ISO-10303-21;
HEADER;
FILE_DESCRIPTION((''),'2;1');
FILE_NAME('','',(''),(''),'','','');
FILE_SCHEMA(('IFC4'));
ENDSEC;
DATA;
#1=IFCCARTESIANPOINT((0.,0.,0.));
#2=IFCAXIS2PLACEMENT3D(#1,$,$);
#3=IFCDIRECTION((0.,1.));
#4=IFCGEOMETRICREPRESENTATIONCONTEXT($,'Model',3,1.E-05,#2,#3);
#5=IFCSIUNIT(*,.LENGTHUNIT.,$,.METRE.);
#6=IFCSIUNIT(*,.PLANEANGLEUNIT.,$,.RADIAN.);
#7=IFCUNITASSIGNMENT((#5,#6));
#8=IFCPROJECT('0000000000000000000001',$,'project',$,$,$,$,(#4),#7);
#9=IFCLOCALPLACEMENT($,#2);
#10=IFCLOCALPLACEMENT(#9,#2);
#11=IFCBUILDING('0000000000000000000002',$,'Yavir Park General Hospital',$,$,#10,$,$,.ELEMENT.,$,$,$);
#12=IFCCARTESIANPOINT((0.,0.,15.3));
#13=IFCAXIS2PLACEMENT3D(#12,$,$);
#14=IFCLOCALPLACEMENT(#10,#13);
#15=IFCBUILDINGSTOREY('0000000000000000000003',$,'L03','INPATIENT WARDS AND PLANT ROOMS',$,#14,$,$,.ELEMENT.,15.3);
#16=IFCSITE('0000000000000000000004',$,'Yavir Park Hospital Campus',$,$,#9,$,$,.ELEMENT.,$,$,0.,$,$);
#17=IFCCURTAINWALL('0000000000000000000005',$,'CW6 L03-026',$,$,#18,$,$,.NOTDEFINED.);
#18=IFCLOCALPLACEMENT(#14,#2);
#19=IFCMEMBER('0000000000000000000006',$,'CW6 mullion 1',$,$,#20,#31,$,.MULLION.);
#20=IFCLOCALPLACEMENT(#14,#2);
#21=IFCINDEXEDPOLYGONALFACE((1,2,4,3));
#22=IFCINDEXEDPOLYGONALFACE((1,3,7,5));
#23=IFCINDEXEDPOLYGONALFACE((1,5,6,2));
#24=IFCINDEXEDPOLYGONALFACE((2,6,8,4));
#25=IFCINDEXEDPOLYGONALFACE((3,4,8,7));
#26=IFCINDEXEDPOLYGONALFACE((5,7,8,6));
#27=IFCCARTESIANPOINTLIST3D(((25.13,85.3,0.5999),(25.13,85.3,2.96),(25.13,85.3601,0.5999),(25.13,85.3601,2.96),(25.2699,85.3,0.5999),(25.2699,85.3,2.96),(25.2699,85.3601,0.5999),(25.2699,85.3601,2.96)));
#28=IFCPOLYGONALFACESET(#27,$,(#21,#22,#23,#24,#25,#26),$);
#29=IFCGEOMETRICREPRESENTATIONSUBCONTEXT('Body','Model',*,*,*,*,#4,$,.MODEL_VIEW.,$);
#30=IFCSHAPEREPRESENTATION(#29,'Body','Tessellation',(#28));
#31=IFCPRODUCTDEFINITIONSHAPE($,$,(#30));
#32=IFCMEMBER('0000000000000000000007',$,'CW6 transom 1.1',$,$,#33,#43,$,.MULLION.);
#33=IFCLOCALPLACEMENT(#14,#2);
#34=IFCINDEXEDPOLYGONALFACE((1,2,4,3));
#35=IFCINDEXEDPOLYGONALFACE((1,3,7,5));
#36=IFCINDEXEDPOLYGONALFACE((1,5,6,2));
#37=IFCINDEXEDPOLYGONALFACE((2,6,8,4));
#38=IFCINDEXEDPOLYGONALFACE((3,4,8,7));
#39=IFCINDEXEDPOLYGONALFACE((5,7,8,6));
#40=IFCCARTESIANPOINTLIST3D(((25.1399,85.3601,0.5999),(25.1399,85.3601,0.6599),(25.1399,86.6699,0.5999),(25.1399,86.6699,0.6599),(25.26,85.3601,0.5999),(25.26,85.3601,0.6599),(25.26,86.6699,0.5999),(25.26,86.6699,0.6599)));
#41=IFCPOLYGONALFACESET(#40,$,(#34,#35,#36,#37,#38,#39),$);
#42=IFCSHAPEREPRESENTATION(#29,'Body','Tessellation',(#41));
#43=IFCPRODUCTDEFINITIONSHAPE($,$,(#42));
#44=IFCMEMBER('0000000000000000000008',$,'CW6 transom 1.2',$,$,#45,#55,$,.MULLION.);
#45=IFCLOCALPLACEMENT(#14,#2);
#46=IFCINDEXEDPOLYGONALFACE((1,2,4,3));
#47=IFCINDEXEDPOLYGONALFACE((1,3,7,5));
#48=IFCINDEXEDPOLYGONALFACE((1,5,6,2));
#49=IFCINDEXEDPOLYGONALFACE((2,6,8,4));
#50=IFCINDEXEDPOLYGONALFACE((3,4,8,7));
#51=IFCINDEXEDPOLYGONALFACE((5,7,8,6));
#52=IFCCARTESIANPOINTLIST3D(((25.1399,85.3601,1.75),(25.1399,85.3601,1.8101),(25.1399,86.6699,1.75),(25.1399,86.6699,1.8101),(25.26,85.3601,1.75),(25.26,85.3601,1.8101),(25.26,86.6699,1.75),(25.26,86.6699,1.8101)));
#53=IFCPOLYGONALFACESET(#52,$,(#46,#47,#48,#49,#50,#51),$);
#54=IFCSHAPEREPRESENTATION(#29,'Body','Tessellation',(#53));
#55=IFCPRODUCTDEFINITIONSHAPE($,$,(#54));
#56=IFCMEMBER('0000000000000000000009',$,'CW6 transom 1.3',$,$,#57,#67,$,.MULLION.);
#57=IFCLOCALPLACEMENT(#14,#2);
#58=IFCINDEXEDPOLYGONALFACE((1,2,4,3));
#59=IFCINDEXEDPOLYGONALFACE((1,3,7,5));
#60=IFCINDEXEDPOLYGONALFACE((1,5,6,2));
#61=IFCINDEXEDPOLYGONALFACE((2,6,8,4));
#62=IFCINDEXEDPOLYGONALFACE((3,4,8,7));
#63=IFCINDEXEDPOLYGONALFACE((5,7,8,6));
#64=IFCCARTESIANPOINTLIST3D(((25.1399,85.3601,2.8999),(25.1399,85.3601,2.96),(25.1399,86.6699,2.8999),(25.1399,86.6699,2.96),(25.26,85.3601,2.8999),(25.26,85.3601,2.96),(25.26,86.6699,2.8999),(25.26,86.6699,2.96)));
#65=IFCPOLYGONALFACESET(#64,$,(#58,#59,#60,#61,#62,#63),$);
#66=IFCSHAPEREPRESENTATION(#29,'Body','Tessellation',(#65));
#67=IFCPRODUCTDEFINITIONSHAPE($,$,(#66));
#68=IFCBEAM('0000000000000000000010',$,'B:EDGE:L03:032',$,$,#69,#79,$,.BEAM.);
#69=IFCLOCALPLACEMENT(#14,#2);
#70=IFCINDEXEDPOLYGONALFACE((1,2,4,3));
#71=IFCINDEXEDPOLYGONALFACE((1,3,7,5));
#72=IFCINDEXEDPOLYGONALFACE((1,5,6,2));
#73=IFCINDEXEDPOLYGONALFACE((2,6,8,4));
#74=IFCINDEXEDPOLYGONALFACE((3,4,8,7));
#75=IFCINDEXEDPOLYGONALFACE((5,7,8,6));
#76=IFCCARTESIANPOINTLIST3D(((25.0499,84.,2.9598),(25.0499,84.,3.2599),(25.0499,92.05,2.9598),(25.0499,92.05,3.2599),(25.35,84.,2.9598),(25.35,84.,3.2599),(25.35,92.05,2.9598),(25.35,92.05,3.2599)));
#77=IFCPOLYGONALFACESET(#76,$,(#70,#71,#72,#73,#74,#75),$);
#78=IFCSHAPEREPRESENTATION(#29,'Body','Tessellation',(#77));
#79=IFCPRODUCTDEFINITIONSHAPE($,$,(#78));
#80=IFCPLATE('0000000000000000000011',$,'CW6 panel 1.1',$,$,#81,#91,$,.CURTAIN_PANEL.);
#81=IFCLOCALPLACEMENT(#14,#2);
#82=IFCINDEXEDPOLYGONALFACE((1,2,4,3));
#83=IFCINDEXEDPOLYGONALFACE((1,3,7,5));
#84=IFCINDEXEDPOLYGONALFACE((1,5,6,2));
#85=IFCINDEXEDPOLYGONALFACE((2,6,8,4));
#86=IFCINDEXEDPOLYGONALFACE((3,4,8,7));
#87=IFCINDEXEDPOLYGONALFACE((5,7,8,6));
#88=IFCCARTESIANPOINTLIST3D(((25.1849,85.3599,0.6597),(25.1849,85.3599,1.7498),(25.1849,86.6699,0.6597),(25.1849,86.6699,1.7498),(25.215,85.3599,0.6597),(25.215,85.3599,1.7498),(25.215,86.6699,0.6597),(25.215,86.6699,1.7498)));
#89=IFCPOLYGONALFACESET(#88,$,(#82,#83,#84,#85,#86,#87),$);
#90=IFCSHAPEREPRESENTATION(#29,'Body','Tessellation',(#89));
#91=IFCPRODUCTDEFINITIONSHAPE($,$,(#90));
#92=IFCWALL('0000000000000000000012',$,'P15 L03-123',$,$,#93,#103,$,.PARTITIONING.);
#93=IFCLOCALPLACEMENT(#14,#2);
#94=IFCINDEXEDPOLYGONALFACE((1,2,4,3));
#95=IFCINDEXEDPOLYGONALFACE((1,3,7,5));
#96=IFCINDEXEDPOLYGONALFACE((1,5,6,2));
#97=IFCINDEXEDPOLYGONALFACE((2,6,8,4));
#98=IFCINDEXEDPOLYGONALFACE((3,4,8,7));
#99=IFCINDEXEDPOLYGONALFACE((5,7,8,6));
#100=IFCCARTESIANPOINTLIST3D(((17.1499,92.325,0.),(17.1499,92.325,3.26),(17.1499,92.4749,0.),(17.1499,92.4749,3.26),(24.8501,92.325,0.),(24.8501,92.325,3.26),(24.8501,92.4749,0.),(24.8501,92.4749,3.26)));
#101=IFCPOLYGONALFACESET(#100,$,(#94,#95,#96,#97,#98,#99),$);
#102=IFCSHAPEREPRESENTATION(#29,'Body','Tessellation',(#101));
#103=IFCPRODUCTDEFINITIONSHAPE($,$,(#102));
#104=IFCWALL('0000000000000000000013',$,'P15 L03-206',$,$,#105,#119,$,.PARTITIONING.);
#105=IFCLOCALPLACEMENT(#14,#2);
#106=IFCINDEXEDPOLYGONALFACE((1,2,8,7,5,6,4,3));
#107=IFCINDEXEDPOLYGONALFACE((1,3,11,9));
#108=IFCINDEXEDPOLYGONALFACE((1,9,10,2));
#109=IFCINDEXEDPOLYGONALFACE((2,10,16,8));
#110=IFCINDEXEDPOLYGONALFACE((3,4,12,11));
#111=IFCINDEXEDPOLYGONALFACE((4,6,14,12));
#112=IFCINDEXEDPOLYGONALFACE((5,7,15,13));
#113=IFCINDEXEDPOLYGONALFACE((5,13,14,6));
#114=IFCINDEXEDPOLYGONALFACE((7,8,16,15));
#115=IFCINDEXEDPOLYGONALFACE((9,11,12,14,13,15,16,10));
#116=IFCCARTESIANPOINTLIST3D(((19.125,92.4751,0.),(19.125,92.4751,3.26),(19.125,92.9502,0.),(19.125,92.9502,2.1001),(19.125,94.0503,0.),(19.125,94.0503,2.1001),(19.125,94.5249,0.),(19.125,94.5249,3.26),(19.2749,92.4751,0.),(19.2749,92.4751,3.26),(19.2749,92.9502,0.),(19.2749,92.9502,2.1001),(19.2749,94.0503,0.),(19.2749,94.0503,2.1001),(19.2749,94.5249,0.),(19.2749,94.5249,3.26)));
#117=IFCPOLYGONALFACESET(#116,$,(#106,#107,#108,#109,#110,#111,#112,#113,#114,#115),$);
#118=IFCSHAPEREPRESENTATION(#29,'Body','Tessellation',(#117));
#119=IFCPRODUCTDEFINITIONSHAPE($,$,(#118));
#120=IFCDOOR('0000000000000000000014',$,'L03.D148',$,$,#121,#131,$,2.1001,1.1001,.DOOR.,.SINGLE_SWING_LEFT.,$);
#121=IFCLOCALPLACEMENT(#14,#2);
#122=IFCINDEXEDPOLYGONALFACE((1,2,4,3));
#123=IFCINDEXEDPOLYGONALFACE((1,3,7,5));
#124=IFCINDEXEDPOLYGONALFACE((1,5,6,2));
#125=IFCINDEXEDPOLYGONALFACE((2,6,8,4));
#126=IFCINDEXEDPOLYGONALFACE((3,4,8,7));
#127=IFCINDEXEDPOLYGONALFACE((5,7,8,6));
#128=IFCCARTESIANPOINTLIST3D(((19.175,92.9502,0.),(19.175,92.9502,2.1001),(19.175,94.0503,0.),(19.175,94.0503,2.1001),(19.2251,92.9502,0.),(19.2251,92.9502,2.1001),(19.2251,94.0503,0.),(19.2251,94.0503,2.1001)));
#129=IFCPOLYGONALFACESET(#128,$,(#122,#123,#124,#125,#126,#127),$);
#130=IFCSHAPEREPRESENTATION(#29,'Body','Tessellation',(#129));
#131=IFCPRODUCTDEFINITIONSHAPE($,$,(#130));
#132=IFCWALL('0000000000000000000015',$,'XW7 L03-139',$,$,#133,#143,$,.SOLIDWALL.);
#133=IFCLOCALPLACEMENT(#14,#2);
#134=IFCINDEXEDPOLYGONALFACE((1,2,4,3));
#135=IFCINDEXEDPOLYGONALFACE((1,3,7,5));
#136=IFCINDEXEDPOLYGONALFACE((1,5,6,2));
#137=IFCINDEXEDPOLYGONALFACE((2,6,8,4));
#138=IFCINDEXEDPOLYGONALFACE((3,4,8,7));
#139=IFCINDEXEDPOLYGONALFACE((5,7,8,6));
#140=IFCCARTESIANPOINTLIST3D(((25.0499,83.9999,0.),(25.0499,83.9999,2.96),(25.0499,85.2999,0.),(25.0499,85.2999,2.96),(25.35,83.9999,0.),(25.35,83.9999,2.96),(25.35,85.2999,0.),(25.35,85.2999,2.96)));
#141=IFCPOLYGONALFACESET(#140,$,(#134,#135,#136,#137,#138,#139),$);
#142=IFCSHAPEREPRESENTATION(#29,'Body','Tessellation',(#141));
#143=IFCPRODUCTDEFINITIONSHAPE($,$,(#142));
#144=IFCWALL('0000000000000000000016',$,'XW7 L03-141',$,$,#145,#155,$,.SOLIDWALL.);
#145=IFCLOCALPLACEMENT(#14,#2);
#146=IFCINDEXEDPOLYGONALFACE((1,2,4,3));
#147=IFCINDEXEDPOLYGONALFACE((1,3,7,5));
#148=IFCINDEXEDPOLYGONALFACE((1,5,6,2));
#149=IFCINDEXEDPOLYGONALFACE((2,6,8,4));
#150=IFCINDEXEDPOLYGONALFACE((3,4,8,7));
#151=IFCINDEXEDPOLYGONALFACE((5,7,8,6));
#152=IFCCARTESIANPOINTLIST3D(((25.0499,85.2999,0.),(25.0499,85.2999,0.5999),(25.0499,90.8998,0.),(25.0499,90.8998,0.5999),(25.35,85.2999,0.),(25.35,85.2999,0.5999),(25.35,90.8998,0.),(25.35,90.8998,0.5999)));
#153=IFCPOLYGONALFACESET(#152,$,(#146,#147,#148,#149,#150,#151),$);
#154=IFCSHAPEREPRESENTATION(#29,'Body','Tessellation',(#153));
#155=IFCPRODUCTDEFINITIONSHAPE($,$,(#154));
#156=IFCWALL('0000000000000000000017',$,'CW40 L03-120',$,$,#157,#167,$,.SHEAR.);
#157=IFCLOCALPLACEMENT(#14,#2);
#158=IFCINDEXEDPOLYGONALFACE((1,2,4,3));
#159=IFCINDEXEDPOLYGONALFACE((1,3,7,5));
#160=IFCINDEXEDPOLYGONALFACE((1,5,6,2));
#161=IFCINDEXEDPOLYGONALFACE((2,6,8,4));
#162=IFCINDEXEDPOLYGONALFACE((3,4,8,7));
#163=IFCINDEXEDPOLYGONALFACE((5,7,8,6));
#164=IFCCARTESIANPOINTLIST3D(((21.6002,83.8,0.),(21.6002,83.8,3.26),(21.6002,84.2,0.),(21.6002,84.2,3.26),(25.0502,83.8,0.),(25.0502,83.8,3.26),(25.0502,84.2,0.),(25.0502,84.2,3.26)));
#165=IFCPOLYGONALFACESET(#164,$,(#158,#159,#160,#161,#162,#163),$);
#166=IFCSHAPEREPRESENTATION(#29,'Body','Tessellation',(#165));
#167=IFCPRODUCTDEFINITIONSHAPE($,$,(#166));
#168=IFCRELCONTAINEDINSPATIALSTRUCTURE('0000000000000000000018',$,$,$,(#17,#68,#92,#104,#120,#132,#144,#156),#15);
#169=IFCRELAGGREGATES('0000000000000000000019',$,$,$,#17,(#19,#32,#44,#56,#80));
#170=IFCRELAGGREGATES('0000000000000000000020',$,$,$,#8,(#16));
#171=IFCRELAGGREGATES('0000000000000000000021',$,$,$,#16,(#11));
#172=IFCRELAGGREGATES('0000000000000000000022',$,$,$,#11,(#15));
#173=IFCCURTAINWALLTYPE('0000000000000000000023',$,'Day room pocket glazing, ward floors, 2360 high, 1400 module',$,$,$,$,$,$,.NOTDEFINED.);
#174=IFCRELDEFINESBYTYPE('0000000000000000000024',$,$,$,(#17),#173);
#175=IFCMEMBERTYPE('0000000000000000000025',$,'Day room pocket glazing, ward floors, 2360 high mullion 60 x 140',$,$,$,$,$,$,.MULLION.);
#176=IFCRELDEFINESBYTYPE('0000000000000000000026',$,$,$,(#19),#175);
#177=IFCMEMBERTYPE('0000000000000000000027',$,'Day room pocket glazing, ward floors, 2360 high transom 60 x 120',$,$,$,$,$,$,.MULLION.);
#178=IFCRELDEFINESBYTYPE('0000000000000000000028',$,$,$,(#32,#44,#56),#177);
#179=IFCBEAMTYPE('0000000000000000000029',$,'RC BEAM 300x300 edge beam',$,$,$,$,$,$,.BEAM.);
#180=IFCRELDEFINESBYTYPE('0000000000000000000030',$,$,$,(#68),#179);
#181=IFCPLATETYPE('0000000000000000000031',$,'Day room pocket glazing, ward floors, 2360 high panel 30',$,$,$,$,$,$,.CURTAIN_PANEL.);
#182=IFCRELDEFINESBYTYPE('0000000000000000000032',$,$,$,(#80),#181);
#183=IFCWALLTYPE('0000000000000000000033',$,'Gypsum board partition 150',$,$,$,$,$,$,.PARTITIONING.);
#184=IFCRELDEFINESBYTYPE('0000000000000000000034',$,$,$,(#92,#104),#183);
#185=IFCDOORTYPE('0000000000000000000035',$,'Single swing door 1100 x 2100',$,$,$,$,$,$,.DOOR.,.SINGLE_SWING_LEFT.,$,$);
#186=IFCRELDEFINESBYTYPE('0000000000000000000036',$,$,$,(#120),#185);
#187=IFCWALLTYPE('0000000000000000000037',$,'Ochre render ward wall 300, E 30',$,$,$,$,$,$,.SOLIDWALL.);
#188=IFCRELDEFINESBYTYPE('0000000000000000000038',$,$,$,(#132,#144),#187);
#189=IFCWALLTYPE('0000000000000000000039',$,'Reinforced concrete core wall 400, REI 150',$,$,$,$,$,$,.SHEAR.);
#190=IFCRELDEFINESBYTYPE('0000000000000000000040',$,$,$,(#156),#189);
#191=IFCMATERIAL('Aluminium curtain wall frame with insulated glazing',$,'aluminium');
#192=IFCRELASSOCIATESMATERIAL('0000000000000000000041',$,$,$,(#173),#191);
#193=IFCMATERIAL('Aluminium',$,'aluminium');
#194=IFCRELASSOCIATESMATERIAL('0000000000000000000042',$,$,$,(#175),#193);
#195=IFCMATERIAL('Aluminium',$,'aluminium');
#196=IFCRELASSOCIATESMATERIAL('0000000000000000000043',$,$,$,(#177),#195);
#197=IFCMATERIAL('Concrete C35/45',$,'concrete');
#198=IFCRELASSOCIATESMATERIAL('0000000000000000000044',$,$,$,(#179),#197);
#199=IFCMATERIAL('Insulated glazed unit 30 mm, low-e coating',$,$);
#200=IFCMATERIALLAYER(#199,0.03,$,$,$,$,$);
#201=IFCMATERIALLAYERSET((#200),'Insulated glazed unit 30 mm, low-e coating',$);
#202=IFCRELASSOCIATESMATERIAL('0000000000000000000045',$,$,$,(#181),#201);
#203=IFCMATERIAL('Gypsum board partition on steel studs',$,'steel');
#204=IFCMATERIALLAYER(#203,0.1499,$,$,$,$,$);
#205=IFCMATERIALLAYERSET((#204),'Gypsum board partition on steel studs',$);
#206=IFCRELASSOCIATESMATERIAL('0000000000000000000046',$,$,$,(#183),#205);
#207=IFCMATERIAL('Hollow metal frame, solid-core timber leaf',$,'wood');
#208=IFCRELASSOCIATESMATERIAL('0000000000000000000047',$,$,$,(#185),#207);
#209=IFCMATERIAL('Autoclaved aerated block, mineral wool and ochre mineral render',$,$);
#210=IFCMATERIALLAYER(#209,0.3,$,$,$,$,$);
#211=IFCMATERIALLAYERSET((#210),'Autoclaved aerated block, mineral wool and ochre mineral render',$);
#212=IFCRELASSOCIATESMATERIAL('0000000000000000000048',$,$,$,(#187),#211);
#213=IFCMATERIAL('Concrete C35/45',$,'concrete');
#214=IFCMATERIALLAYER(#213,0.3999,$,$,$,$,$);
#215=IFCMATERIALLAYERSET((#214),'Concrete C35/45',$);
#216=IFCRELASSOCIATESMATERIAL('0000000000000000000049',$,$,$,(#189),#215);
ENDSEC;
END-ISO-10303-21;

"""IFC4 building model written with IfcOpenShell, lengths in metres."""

from ifc_helpers import new_model, si_unit, direction, frame, frame_2d, origin, origin_2d, place, context, subcontext, project, spatial, rectangle, extrude, material, layer, layer_set, material_profile, profile_set, type_object, element, fill, aggregate, save


model = new_model("IFC4")

# Units and contexts
model_context = context("Model", 3, precision=1e-05, world=origin(), true_north=direction((0.0, 1.0)))
body_context = subcontext(model_context, "Body", "Model", "MODEL_VIEW")
ifc_project = project(units=[si_unit("LENGTHUNIT", "METRE"), si_unit("PLANEANGLEUNIT", "RADIAN")], contexts=[model_context])

# Site, building, storey
site_placement = place(None, origin())
site = spatial("IfcSite", under=ifc_project, at=site_placement, Name="Yavir Park Hospital Campus", CompositionType="ELEMENT", RefElevation=0.0)
building_placement = place(site_placement, origin())
building = spatial("IfcBuilding", under=site, at=building_placement, Name="Yavir Park General Hospital", CompositionType="ELEMENT")
storey_placement = place(building_placement, frame((0.0, 0.0, 15.3)))
storey = spatial("IfcBuildingStorey", under=building, at=storey_placement, Name="L03", Description="INPATIENT WARDS AND PLANT ROOMS", CompositionType="ELEMENT", Elevation=15.3)

# Curtain wall, members
ifc_material_1 = material(Name="Aluminium curtain wall frame with insulated glazing", Category="aluminium")
curtain_wall_type = type_object("IfcCurtainWallType", Name="Day room pocket glazing, ward floors, 2360 high, 1400 module", PredefinedType="NOTDEFINED", material=ifc_material_1)
curtain_wall_placement = place(storey_placement, origin())
curtain_wall = element("IfcCurtainWall", 1, at=curtain_wall_placement, inside=storey, type_object=curtain_wall_type, Name="CW6 L03-026", PredefinedType="NOTDEFINED")
ifc_material_2 = material(Name="Aluminium", Category="aluminium")
ifc_material_profile_1 = material_profile(ifc_material_2, rectangle(XDim=0.1399, YDim=0.0601, at=origin_2d()), Name="AL 60x140")
ifc_profile_set_1 = profile_set([ifc_material_profile_1], Name="Aluminium")
member_type_1 = type_object("IfcMemberType", Name="Day room pocket glazing, ward floors, 2360 high mullion 60 x 140", PredefinedType="MULLION", material=ifc_profile_set_1)
member_1_placement = place(storey_placement, frame((25.2, 85.3301, 0.5999), z_axis=(0.0, 0.0, 1.0), x_axis=(-1.0, 0.0, 0.0)))
member_1 = element("IfcMember", 2, at=member_1_placement, type_object=member_type_1, Name="CW6 mullion 1", PredefinedType="MULLION", context=body_context, shape_type="SweptSolid", body=[
    extrude(rectangle(XDim=0.1399, YDim=0.0601, at=origin_2d()), origin(), (0.0, 0.0, 1.0), 2.3601),
])
ifc_material_3 = material(Name="Aluminium", Category="aluminium")
ifc_material_profile_2 = material_profile(ifc_material_3, rectangle(XDim=0.1201, YDim=0.0601, at=origin_2d()), Name="AL 120x60")
ifc_profile_set_2 = profile_set([ifc_material_profile_2], Name="Aluminium")
member_type_2 = type_object("IfcMemberType", Name="Day room pocket glazing, ward floors, 2360 high transom 60 x 120", PredefinedType="MULLION", material=ifc_profile_set_2)
member_2_placement = place(storey_placement, frame((25.2, 85.3601, 0.6299), z_axis=(0.0, 1.0, 0.0), x_axis=(-1.0, 0.0, 0.0)))
member_2 = element("IfcMember", 3, at=member_2_placement, type_object=member_type_2, Name="CW6 transom 1.1", PredefinedType="MULLION", context=body_context, shape_type="SweptSolid", body=[
    extrude(rectangle(XDim=0.1201, YDim=0.0601, at=origin_2d()), origin(), (0.0, 0.0, 1.0), 1.3098),
])
member_3_placement = place(storey_placement, frame((25.2, 85.3601, 1.78), z_axis=(0.0, 1.0, 0.0), x_axis=(-1.0, 0.0, 0.0)))
member_3 = element("IfcMember", 4, at=member_3_placement, type_object=member_type_2, Name="CW6 transom 1.2", PredefinedType="MULLION", context=body_context, shape_type="SweptSolid", body=[
    extrude(rectangle(XDim=0.1201, YDim=0.0601, at=origin_2d()), origin(), (0.0, 0.0, 1.0), 1.3098),
])
member_4_placement = place(storey_placement, frame((25.2, 85.3601, 2.9299), z_axis=(0.0, 1.0, 0.0), x_axis=(-1.0, 0.0, 0.0)))
member_4 = element("IfcMember", 5, at=member_4_placement, type_object=member_type_2, Name="CW6 transom 1.3", PredefinedType="MULLION", context=body_context, shape_type="SweptSolid", body=[
    extrude(rectangle(XDim=0.1201, YDim=0.0601, at=origin_2d()), origin(), (0.0, 0.0, 1.0), 1.3098),
])

# Beam
ifc_material_4 = material(Name="Concrete C35/45", Category="concrete")
ifc_material_profile_3 = material_profile(ifc_material_4, rectangle(XDim=0.3, YDim=0.3, at=origin_2d()), Name="RC300x300")
ifc_profile_set_3 = profile_set([ifc_material_profile_3], Name="Concrete C35/45")
beam_type = type_object("IfcBeamType", Name="RC BEAM 300x300 edge beam", PredefinedType="BEAM", material=ifc_profile_set_3)
beam_placement = place(storey_placement, frame((25.2, 84.0, 3.1099), z_axis=(0.0, 1.0, 0.0), x_axis=(-1.0, 0.0, 0.0)))
element("IfcBeam", 6, at=beam_placement, inside=storey, type_object=beam_type, Name="B:EDGE:L03:032", PredefinedType="BEAM", context=body_context, shape_type="SweptSolid", body=[
    extrude(rectangle(XDim=0.3, YDim=0.3, at=origin_2d()), origin(), (0.0, 0.0, 1.0), 8.05),
])

# Plate
ifc_material_5 = material(Name="Insulated glazed unit 30 mm, low-e coating")
ifc_layer_1 = layer(ifc_material_5, 0.03)
ifc_layer_set_1 = layer_set([ifc_layer_1], Name="Insulated glazed unit 30 mm, low-e coating")
plate_type = type_object("IfcPlateType", Name="Day room pocket glazing, ward floors, 2360 high panel 30", PredefinedType="CURTAIN_PANEL", material=ifc_layer_set_1)
plate_placement = place(storey_placement, frame((25.2, 86.0149, 0.6597), z_axis=(0.0, 0.0, 1.0), x_axis=(0.0, 1.0, 0.0)))
plate = element("IfcPlate", 7, at=plate_placement, type_object=plate_type, Name="CW6 panel 1.1", PredefinedType="CURTAIN_PANEL", context=body_context, shape_type="SweptSolid", body=[
    extrude(rectangle(XDim=1.3101, YDim=0.03, at=origin_2d()), origin(), (0.0, 0.0, 1.0), 1.0901),
])
aggregate(curtain_wall, [member_1, member_2, member_3, member_4, plate])

# Wall
ifc_material_6 = material(Name="Gypsum board partition on steel studs", Category="steel")
ifc_layer_2 = layer(ifc_material_6, 0.1499)
ifc_layer_set_2 = layer_set([ifc_layer_2], Name="Gypsum board partition on steel studs")
wall_type_1 = type_object("IfcWallType", Name="Gypsum board partition 150", PredefinedType="PARTITIONING", material=ifc_layer_set_2)
wall_1_placement = place(storey_placement, frame((17.1499, 92.3999, 0.0), z_axis=(0.0, 0.0, 1.0), x_axis=(1.0, 0.0, 0.0)))
element("IfcWall", 8, at=wall_1_placement, inside=storey, type_object=wall_type_1, Name="P15 L03-123", PredefinedType="PARTITIONING", context=body_context, shape_type="SweptSolid", body=[
    extrude(rectangle(XDim=7.7002, YDim=0.1499, at=frame_2d((3.8501, 0.0))), origin(), (0.0, 0.0, 1.0), 3.26),
])

# Wall, opening, door
wall_2_placement = place(storey_placement, frame((19.2, 92.4751, 0.0), z_axis=(0.0, 0.0, 1.0), x_axis=(0.0, 1.0, 0.0)))
wall_2 = element("IfcWall", 9, at=wall_2_placement, inside=storey, type_object=wall_type_1, Name="P15 L03-206", PredefinedType="PARTITIONING", context=body_context, shape_type="SweptSolid", body=[
    extrude(rectangle(XDim=2.0498, YDim=0.1499, at=frame_2d((1.0249, 0.0))), origin(), (0.0, 0.0, 1.0), 3.26),
])
opening_placement = place(wall_2_placement, frame((0.4751, 0.0, 0.0)))
opening = element("IfcOpeningElement", 10, at=opening_placement, cuts=wall_2, PredefinedType="OPENING", context=body_context, shape_type="SweptSolid", body=[
    extrude(rectangle(XDim=1.1001, YDim=2.1001, at=frame_2d((0.55, 1.05))), frame((0.0, 0.085, 0.0), z_axis=(0.0, -1.0, 0.0), x_axis=(1.0, 0.0, 0.0)), (0.0, 0.0, 1.0), 0.1699),
])
ifc_material_7 = material(Name="Hollow metal frame, solid-core timber leaf", Category="wood")
door_type = type_object("IfcDoorType", Name="Single swing door 1100 x 2100", OperationType="SINGLE_SWING_LEFT", PredefinedType="DOOR", material=ifc_material_7)
door_placement = place(opening_placement, origin())
door = element("IfcDoor", 11, at=door_placement, inside=storey, type_object=door_type, Name="L03.D148", OperationType="SINGLE_SWING_LEFT", OverallHeight=2.1001, OverallWidth=1.1001, PredefinedType="DOOR", context=body_context, shape_type="SweptSolid", body=[
    extrude(rectangle(XDim=1.1001, YDim=2.1001, at=frame_2d((0.55, 1.05))), frame((0.0, 0.0249, 0.0), z_axis=(0.0, -1.0, 0.0), x_axis=(1.0, 0.0, 0.0)), (0.0, 0.0, 1.0), 0.05),
])
fill(opening, door)

# Walls
ifc_material_8 = material(Name="Autoclaved aerated block, mineral wool and ochre mineral render")
ifc_layer_3 = layer(ifc_material_8, 0.3)
ifc_layer_set_3 = layer_set([ifc_layer_3], Name="Autoclaved aerated block, mineral wool and ochre mineral render")
wall_type_2 = type_object("IfcWallType", Name="Ochre render ward wall 300, E 30", PredefinedType="SOLIDWALL", material=ifc_layer_set_3)
wall_3_placement = place(storey_placement, frame((25.2, 84.0, 0.0), z_axis=(0.0, 0.0, 1.0), x_axis=(0.0, 1.0, 0.0)))
element("IfcWall", 12, at=wall_3_placement, inside=storey, type_object=wall_type_2, Name="XW7 L03-139", PredefinedType="SOLIDWALL", context=body_context, shape_type="SweptSolid", body=[
    extrude(rectangle(XDim=1.3, YDim=0.3, at=frame_2d((0.6499, 0.0))), origin(), (0.0, 0.0, 1.0), 2.96),
])
wall_4_placement = place(storey_placement, frame((25.2, 85.3, 0.0), z_axis=(0.0, 0.0, 1.0), x_axis=(0.0, 1.0, 0.0)))
element("IfcWall", 13, at=wall_4_placement, inside=storey, type_object=wall_type_2, Name="XW7 L03-141", PredefinedType="SOLIDWALL", context=body_context, shape_type="SweptSolid", body=[
    extrude(rectangle(XDim=5.5999, YDim=0.3, at=frame_2d((2.7998, 0.0))), origin(), (0.0, 0.0, 1.0), 0.5999),
])
ifc_material_9 = material(Name="Concrete C35/45", Category="concrete")
ifc_layer_4 = layer(ifc_material_9, 0.3999)
ifc_layer_set_4 = layer_set([ifc_layer_4], Name="Concrete C35/45")
wall_type_3 = type_object("IfcWallType", Name="Reinforced concrete core wall 400, REI 150", PredefinedType="SHEAR", material=ifc_layer_set_4)
wall_5_placement = place(storey_placement, frame((21.6001, 84.0, 0.0), z_axis=(0.0, 0.0, 1.0), x_axis=(1.0, 0.0, 0.0)))
element("IfcWall", 14, at=wall_5_placement, inside=storey, type_object=wall_type_3, Name="CW40 L03-120", PredefinedType="SHEAR", context=body_context, shape_type="SweptSolid", body=[
    extrude(rectangle(XDim=3.45, YDim=0.3999, at=frame_2d((1.7251, 0.0))), origin(), (0.0, 0.0, 1.0), 3.26),
])

save(model, "model.ifc")
